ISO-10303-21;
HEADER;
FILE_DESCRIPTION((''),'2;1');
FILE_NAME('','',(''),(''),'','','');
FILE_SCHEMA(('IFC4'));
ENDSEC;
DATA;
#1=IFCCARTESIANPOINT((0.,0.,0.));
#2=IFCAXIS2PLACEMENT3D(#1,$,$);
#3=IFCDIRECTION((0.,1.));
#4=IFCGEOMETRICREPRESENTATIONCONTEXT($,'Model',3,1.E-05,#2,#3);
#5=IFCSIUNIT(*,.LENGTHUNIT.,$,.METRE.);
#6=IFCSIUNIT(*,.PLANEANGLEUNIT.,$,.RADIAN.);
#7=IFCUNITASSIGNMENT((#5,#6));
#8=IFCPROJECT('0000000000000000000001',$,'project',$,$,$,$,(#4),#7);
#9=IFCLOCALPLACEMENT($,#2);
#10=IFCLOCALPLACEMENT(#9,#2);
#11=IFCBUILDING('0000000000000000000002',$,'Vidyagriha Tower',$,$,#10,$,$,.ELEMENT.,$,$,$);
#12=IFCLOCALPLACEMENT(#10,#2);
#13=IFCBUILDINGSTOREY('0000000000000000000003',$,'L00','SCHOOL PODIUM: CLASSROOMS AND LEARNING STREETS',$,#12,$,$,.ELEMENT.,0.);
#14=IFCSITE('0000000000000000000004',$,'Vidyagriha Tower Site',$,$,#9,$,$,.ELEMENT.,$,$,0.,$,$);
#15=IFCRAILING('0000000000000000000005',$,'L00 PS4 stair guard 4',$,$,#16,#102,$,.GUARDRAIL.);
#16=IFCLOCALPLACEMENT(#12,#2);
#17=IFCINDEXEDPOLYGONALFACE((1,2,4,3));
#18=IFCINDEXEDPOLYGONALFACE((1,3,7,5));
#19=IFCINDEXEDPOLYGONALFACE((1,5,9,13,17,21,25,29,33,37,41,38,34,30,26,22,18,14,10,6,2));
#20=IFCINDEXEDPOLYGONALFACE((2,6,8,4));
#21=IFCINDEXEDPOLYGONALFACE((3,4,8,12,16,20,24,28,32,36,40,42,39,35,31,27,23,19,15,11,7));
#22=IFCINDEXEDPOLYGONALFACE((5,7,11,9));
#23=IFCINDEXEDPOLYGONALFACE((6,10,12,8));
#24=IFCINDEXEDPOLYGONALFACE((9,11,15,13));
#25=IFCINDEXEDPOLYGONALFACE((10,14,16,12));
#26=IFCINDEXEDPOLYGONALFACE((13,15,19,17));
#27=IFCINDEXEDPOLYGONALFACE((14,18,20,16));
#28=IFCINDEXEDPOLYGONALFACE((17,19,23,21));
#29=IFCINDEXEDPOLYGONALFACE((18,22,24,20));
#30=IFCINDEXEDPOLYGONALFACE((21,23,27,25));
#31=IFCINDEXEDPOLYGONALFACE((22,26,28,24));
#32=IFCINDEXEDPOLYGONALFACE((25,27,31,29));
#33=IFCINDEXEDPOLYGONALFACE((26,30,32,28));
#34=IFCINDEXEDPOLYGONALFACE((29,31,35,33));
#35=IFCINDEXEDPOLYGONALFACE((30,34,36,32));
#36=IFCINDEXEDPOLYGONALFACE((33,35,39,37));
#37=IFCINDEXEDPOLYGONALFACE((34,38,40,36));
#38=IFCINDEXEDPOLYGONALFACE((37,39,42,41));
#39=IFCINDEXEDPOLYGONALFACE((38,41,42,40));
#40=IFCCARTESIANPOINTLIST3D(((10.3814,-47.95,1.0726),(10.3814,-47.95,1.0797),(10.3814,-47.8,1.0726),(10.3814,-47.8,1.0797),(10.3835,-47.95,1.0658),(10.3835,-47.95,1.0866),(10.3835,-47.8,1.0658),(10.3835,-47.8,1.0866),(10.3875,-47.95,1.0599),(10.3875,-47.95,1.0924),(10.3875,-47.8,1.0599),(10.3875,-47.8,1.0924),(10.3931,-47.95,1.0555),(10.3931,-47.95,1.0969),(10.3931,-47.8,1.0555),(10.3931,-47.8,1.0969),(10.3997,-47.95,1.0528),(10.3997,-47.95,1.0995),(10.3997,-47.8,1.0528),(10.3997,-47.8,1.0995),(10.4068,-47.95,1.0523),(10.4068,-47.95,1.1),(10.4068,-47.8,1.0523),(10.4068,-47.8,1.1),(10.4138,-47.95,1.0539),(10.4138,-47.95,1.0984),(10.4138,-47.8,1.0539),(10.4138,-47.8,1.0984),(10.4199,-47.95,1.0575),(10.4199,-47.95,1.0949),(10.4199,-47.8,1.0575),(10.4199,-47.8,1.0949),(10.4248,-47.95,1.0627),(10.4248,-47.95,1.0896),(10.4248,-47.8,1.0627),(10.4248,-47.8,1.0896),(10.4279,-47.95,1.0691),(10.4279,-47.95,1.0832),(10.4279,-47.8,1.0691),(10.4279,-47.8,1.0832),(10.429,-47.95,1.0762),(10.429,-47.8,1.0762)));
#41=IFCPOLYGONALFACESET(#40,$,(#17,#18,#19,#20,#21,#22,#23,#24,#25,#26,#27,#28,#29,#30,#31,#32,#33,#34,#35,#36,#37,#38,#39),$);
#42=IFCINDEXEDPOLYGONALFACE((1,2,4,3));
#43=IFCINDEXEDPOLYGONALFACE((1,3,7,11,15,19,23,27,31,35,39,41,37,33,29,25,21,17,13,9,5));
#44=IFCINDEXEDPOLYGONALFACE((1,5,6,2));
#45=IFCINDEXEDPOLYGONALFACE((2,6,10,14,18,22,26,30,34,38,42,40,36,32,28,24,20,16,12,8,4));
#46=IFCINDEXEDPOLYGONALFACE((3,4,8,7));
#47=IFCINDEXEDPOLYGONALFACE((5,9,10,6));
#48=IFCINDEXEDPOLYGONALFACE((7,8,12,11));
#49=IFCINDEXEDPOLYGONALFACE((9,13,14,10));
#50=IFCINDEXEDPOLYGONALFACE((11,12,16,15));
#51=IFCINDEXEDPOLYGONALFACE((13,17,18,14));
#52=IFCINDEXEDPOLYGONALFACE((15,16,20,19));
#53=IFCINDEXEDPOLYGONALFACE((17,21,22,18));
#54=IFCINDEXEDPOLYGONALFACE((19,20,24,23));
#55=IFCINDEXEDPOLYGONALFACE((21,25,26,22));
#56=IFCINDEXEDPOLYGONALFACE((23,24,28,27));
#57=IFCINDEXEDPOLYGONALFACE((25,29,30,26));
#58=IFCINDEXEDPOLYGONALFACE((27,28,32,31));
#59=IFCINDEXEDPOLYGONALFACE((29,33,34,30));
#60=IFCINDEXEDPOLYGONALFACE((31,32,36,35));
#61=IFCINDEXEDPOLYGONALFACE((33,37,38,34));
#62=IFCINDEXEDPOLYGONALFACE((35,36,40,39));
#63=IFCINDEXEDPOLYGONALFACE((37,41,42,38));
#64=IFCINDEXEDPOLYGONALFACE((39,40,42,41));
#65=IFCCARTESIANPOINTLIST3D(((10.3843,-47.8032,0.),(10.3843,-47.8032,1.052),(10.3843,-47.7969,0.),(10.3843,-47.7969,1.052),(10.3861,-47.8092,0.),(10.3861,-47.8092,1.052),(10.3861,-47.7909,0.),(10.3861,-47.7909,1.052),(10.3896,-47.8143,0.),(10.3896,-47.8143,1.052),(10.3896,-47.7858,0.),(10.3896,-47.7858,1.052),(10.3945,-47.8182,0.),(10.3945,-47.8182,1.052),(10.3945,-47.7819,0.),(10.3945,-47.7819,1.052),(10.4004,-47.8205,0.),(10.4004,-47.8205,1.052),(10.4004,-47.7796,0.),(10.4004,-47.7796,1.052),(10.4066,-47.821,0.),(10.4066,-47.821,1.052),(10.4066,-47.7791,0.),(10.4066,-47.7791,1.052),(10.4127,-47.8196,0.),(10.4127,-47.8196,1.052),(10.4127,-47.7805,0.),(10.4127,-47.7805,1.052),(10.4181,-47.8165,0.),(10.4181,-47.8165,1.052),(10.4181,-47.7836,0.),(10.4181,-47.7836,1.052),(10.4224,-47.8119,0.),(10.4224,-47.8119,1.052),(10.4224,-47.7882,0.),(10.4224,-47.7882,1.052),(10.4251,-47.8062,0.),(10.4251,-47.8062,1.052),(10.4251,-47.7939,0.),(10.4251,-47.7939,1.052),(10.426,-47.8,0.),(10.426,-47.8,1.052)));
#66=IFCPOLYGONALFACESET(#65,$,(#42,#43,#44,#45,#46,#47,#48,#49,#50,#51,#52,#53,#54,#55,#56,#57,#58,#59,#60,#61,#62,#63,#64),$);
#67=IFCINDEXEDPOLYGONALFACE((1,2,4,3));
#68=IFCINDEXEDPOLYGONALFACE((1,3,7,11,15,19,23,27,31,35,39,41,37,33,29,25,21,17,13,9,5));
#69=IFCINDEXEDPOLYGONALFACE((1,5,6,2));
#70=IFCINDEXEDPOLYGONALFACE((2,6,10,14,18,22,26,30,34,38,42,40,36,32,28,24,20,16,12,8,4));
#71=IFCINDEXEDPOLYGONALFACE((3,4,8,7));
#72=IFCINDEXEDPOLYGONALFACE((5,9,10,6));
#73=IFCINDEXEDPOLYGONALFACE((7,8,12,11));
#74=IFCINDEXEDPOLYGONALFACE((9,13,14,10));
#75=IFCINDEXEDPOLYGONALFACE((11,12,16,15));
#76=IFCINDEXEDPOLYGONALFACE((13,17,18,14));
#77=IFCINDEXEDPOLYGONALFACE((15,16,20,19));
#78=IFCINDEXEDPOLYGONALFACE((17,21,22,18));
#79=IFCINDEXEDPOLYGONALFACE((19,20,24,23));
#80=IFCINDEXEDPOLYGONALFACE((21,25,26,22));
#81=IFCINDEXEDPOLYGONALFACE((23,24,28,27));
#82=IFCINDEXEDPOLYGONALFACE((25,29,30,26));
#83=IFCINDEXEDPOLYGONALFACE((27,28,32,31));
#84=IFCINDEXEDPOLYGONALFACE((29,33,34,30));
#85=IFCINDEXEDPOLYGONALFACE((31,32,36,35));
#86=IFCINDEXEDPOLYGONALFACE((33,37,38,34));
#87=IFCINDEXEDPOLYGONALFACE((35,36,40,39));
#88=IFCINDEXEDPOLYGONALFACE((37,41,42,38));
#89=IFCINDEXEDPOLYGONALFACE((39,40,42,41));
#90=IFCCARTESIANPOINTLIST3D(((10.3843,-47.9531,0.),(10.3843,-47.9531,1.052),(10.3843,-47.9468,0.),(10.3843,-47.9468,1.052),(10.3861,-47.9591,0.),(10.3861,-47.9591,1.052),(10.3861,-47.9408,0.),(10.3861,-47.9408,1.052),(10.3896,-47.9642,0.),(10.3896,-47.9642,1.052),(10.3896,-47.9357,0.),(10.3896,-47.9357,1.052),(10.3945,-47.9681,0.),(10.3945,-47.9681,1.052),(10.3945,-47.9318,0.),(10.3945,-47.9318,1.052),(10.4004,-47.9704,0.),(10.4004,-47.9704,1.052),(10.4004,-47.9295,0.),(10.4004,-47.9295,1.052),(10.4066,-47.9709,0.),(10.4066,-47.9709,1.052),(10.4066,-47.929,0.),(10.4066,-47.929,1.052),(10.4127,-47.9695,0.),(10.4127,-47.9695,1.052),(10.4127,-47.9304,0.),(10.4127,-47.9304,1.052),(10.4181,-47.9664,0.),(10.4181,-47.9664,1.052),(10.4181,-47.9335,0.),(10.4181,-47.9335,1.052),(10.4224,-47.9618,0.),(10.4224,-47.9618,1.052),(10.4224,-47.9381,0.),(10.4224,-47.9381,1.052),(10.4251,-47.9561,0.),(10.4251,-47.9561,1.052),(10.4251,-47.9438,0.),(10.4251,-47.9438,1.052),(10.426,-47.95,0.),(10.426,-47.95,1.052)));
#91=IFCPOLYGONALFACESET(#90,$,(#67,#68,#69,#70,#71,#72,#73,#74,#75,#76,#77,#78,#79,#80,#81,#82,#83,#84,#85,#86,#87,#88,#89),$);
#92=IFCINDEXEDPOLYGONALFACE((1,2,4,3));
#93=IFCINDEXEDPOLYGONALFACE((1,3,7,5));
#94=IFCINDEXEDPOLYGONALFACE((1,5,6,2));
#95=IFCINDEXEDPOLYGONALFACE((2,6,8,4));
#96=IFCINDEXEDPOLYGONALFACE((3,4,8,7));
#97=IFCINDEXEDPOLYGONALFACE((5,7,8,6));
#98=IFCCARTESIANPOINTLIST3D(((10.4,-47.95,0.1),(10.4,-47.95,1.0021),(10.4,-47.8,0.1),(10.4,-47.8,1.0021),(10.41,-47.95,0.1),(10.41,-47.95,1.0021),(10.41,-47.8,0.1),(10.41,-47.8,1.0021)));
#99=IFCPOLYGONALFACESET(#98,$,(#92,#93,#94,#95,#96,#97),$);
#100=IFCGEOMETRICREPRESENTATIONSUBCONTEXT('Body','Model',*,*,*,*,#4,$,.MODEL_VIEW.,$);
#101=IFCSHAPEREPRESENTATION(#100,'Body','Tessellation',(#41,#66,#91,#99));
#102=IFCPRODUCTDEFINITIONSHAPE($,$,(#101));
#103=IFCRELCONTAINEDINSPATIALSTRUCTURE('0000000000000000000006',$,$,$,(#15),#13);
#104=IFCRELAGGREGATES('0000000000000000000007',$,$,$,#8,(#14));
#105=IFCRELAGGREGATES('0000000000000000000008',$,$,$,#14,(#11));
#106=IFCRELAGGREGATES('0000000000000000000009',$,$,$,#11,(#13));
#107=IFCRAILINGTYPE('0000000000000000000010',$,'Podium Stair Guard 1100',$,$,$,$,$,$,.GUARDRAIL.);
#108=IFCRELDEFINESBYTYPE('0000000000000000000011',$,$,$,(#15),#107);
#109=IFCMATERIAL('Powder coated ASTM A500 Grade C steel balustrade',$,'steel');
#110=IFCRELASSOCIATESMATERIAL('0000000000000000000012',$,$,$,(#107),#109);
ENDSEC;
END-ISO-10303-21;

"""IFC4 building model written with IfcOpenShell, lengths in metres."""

from ifc_helpers import new_model, si_unit, direction, frame, origin, origin_2d, place, context, subcontext, project, spatial, rectangle, circle, extrude, material, type_object, element, save


model = new_model("IFC4")

# Units and contexts
model_context = context("Model", 3, precision=1e-05, world=origin(), true_north=direction((0.0, 1.0)))
body_context = subcontext(model_context, "Body", "Model", "MODEL_VIEW")
ifc_project = project(units=[si_unit("LENGTHUNIT", "METRE"), si_unit("PLANEANGLEUNIT", "RADIAN")], contexts=[model_context])

# Site, building, storey
site_placement = place(None, origin())
site = spatial("IfcSite", under=ifc_project, at=site_placement, Name="Vidyagriha Tower Site", CompositionType="ELEMENT", RefElevation=0.0)
building_placement = place(site_placement, origin())
building = spatial("IfcBuilding", under=site, at=building_placement, Name="Vidyagriha Tower", CompositionType="ELEMENT")
storey_placement = place(building_placement, origin())
storey = spatial("IfcBuildingStorey", under=building, at=storey_placement, Name="L00", Description="SCHOOL PODIUM: CLASSROOMS AND LEARNING STREETS", CompositionType="ELEMENT", Elevation=0.0)

# Railing
ifc_material_1 = material(Name="Powder coated ASTM A500 Grade C steel balustrade", Category="steel")
railing_type_1 = type_object("IfcRailingType", Name="Podium Stair Guard 1100", PredefinedType="GUARDRAIL", material=ifc_material_1)
railing_1_placement = place(storey_placement, frame((10.405, -47.8, 0.0)))
element("IfcRailing", 1, at=railing_1_placement, inside=storey, type_object=railing_type_1, Name="L00 PS4 stair guard 4", PredefinedType="GUARDRAIL", context=body_context, shape_type="SweptSolid", body=[
    extrude(circle(Radius=0.0239, at=origin_2d()), frame((0.0, 0.0, 1.0762), z_axis=(0.0, -1.0, 0.0), x_axis=(1.0, 0.0, 0.0)), (0.0, 0.0, 1.0), 0.1499),
    extrude(circle(Radius=0.021, at=origin_2d()), origin(), (0.0, 0.0, 1.0), 1.052),
    extrude(circle(Radius=0.021, at=origin_2d()), frame((0.0, -0.1499, 0.0)), (0.0, 0.0, 1.0), 1.052),
    extrude(rectangle(XDim=0.01, YDim=0.9021, at=origin_2d()), frame((0.0, 0.0, 0.551), z_axis=(0.0, -1.0, 0.0), x_axis=(1.0, 0.0, 0.0)), (0.0, 0.0, 1.0), 0.1499),
])

save(model, "model.ifc")
